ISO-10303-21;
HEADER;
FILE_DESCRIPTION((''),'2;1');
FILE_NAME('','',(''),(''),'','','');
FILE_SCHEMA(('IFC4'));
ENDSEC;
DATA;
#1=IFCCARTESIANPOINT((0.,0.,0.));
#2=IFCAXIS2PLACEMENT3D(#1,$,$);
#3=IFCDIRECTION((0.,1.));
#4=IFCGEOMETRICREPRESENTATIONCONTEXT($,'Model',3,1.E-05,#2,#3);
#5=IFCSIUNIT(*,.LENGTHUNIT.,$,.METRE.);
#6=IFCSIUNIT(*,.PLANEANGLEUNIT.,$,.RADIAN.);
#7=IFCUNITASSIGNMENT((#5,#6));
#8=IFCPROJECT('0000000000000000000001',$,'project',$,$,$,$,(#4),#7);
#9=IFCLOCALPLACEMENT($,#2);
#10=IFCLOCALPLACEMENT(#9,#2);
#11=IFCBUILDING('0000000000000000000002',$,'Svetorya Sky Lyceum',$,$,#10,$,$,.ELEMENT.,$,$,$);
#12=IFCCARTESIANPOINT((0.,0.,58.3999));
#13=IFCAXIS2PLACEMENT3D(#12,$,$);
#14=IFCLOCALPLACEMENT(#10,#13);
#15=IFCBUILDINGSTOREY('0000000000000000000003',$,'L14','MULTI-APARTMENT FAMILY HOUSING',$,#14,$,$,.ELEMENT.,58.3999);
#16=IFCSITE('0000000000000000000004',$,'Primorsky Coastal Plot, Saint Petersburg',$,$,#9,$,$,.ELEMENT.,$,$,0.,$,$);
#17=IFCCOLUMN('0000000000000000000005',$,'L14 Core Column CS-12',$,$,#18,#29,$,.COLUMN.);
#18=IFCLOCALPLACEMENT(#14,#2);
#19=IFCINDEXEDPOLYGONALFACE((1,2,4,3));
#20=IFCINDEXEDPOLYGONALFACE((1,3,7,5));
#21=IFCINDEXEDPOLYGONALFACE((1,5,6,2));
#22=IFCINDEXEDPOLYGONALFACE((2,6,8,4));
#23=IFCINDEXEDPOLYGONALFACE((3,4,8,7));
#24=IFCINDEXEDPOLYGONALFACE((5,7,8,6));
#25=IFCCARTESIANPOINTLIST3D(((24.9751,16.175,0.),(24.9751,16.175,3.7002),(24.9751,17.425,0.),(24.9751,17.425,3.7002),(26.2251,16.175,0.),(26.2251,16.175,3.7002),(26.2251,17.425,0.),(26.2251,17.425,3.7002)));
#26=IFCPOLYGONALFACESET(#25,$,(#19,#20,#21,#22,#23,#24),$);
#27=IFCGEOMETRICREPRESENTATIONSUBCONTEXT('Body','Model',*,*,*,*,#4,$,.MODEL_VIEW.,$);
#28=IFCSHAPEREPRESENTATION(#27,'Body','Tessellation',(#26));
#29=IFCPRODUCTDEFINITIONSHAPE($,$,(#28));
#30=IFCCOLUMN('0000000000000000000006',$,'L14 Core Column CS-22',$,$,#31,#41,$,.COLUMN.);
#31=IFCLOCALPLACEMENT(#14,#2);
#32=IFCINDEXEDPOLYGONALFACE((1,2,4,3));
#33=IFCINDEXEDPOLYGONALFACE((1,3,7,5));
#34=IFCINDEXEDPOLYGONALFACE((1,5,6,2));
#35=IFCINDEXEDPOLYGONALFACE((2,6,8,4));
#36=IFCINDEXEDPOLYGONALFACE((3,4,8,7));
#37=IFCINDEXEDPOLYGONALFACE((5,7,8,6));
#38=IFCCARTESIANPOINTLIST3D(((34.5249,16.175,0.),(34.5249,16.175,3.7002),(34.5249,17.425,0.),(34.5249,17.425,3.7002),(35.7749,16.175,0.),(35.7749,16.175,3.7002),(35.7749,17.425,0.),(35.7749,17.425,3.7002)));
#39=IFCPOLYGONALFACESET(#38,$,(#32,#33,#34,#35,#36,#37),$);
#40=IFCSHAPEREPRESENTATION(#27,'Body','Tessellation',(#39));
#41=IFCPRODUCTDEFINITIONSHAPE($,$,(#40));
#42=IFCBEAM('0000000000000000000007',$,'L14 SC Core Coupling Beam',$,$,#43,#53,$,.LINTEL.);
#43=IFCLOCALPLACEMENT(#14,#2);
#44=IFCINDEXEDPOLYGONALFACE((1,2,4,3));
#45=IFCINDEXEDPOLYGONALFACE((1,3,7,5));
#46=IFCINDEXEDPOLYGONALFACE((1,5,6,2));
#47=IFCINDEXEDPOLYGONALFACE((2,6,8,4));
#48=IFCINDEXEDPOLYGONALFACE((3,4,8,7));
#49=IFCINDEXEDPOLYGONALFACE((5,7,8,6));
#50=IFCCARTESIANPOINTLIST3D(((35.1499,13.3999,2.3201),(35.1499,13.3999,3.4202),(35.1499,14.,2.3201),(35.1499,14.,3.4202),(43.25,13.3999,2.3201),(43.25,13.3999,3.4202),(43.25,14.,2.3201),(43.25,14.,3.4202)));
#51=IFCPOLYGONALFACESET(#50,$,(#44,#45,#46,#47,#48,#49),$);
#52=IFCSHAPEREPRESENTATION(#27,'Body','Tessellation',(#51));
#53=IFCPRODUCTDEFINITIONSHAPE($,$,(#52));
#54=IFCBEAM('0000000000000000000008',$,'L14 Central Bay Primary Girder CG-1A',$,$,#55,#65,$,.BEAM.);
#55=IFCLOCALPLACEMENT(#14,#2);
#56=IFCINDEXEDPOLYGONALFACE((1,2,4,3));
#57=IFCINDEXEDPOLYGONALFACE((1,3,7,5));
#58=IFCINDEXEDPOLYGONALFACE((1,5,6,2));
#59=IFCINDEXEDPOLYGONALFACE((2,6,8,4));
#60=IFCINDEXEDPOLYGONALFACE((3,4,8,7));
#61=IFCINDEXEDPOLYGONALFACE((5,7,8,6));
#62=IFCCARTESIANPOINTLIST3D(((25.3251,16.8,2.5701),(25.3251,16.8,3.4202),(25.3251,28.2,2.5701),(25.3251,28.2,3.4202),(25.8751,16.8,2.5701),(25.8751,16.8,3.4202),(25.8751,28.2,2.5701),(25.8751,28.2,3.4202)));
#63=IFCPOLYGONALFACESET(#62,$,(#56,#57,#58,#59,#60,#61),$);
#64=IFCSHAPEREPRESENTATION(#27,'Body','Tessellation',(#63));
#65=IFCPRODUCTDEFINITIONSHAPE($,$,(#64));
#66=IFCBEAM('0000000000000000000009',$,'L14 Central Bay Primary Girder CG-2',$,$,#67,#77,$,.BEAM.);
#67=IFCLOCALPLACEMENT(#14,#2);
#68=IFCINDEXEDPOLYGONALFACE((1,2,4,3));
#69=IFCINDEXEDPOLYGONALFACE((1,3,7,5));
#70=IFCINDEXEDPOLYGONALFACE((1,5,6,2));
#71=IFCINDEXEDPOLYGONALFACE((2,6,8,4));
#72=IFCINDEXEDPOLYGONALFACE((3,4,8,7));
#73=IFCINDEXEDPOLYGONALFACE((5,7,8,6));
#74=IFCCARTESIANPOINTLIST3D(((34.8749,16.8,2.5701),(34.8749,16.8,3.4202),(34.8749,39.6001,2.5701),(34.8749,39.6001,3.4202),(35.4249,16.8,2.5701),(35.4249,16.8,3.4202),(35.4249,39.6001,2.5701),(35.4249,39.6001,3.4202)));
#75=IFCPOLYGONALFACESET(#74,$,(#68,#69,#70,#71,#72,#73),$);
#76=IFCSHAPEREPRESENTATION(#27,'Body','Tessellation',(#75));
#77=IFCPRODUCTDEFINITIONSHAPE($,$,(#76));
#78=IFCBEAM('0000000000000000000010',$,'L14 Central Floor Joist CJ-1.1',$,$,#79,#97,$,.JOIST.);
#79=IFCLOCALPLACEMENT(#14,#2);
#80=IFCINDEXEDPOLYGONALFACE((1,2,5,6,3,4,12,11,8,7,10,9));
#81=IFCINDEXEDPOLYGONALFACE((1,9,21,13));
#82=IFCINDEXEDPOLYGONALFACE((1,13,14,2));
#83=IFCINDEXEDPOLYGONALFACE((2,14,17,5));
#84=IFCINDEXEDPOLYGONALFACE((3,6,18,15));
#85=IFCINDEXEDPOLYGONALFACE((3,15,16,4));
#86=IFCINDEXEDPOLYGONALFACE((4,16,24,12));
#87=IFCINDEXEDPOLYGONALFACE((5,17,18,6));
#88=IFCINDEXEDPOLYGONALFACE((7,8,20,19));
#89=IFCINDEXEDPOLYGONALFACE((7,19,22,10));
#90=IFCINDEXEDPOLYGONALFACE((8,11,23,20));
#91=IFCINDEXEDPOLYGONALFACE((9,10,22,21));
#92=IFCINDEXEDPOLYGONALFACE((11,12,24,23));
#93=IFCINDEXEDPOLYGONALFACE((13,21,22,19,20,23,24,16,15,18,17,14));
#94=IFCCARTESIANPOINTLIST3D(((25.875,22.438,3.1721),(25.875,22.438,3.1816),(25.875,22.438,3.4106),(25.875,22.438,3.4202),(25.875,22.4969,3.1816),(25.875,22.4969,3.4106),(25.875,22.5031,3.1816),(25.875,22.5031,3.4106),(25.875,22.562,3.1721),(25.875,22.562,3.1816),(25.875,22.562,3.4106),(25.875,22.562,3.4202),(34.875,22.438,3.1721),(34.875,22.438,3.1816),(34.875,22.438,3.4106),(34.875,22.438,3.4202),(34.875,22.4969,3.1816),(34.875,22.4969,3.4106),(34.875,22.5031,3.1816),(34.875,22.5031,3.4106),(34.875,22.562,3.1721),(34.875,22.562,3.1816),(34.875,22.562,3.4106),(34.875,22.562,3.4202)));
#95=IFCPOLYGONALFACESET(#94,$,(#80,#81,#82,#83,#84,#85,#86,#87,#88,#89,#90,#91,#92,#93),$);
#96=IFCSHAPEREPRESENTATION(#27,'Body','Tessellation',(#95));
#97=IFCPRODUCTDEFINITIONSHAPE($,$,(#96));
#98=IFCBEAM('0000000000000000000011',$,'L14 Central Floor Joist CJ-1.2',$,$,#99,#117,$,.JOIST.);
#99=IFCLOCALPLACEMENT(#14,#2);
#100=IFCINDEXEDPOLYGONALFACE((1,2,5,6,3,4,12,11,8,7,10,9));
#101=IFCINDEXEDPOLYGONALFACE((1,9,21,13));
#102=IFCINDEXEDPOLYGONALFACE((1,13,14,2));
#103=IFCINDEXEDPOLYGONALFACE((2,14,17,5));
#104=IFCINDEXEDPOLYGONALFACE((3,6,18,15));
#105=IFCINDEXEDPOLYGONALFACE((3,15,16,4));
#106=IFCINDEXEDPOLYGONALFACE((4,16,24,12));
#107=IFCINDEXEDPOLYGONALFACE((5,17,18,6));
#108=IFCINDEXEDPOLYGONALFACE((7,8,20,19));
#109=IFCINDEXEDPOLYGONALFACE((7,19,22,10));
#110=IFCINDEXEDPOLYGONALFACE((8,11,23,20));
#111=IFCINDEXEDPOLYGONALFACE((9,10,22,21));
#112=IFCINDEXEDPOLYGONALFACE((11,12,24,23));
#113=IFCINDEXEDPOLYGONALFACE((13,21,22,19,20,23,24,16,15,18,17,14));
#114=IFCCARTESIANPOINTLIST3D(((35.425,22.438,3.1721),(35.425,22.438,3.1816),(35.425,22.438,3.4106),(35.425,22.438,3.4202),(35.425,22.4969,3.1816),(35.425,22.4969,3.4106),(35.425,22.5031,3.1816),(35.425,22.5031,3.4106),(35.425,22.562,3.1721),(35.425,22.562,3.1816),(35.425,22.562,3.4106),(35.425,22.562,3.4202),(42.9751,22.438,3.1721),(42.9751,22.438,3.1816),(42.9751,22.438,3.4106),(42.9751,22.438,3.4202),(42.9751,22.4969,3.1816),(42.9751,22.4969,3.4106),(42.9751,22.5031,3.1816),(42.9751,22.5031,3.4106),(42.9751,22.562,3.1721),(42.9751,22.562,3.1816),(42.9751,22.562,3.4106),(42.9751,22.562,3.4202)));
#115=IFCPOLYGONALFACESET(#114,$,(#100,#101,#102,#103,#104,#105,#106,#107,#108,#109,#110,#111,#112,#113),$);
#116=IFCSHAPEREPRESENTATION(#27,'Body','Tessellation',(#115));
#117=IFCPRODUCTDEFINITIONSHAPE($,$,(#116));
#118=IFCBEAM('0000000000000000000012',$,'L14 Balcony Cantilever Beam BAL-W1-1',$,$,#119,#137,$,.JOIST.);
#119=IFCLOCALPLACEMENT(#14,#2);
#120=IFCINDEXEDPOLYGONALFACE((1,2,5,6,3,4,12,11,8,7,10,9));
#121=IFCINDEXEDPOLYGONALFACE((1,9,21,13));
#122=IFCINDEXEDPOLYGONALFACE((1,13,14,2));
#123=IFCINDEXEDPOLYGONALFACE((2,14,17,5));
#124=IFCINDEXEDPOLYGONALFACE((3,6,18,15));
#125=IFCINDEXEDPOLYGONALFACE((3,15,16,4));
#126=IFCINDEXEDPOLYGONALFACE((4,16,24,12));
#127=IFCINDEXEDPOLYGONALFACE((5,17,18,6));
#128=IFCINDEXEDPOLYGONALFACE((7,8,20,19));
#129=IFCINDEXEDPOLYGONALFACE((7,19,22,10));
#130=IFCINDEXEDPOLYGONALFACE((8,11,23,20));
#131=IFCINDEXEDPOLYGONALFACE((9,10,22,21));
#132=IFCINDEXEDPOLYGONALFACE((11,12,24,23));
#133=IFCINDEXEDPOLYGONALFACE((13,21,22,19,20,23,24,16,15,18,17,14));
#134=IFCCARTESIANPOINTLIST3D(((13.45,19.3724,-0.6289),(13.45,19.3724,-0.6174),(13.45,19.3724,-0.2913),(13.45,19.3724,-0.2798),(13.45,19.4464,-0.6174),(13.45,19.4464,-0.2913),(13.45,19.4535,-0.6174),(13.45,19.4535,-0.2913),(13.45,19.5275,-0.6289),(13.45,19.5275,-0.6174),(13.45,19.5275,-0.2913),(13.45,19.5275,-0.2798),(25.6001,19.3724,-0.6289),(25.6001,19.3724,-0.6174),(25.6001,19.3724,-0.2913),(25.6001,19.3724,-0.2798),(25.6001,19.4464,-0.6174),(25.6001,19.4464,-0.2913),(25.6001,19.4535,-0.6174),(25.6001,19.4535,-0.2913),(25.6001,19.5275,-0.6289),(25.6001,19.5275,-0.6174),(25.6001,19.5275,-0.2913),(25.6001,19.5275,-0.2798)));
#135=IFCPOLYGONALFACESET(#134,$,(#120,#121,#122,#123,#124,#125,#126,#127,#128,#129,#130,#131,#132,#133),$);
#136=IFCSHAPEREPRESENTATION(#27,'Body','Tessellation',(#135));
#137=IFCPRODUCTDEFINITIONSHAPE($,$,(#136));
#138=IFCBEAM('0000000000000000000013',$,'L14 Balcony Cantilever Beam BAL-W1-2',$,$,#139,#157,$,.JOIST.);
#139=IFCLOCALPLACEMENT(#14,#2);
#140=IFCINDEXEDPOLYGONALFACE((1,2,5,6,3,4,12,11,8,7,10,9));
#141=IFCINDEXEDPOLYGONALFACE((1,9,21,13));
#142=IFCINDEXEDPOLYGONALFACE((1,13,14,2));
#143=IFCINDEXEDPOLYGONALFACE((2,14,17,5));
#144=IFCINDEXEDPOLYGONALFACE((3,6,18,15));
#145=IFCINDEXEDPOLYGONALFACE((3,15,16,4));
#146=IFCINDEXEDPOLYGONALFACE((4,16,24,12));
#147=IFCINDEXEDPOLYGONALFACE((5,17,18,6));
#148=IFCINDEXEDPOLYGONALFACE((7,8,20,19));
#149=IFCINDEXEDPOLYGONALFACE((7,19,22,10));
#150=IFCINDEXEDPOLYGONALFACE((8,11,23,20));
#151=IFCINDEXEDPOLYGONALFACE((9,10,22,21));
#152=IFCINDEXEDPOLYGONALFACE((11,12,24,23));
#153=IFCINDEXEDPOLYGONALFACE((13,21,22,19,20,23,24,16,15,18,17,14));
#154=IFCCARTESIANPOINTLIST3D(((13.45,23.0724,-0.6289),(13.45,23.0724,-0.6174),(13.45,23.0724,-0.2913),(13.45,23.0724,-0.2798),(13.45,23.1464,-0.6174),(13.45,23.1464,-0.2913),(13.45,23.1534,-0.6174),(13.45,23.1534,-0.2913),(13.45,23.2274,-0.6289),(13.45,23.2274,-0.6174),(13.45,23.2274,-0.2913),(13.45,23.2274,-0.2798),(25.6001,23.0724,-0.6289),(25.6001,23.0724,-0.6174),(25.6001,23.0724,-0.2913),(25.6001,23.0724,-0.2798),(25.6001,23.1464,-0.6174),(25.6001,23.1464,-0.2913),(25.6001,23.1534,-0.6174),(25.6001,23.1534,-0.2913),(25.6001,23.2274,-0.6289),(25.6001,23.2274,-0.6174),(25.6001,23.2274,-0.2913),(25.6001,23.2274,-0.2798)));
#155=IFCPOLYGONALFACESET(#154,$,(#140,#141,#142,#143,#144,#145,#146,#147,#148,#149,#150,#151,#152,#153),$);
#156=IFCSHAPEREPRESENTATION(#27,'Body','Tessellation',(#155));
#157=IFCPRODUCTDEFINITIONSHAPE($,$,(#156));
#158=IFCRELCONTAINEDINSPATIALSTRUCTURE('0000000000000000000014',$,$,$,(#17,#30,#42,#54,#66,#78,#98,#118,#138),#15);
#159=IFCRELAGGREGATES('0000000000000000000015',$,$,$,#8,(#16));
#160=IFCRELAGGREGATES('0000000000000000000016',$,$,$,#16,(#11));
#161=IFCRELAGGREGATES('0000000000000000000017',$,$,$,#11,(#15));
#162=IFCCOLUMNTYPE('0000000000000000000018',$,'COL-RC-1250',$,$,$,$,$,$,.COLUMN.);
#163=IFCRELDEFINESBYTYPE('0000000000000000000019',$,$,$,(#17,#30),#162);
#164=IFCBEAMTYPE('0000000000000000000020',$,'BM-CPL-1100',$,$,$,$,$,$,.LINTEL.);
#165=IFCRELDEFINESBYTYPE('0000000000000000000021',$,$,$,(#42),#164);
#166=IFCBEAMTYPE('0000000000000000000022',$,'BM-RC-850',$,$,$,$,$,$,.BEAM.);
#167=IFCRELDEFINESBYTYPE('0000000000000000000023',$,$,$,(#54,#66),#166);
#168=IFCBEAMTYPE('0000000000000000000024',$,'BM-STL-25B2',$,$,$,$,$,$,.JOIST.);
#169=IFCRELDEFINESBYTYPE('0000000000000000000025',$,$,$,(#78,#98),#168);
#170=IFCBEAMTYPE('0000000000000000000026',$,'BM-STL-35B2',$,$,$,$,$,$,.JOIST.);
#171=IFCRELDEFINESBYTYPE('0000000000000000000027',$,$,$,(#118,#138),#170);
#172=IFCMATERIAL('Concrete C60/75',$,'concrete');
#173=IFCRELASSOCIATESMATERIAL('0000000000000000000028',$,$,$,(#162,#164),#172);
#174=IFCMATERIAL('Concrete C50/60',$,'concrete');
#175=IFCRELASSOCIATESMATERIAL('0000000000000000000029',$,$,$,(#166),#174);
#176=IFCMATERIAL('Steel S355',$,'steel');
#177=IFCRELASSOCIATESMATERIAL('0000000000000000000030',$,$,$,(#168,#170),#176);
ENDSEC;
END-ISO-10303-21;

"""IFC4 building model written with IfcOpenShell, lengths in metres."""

from ifc_helpers import new_model, si_unit, direction, frame, origin, origin_2d, place, context, subcontext, project, spatial, rectangle, i_section, extrude, material, material_profile, profile_set, type_object, element, save


model = new_model("IFC4")

# Units and contexts
model_context = context("Model", 3, precision=1e-05, world=origin(), true_north=direction((0.0, 1.0)))
body_context = subcontext(model_context, "Body", "Model", "MODEL_VIEW")
ifc_project = project(units=[si_unit("LENGTHUNIT", "METRE"), si_unit("PLANEANGLEUNIT", "RADIAN")], contexts=[model_context])

# Site, building, storey
site_placement = place(None, origin())
site = spatial("IfcSite", under=ifc_project, at=site_placement, Name="Primorsky Coastal Plot, Saint Petersburg", CompositionType="ELEMENT", RefElevation=0.0)
building_placement = place(site_placement, origin())
building = spatial("IfcBuilding", under=site, at=building_placement, Name="Svetorya Sky Lyceum", CompositionType="ELEMENT")
storey_placement = place(building_placement, frame((0.0, 0.0, 58.3999)))
storey = spatial("IfcBuildingStorey", under=building, at=storey_placement, Name="L14", Description="MULTI-APARTMENT FAMILY HOUSING", CompositionType="ELEMENT", Elevation=58.3999)

# Columns
ifc_material_1 = material(Name="Concrete C60/75", Category="concrete")
ifc_material_profile_1 = material_profile(ifc_material_1, rectangle(XDim=1.25, YDim=1.25, at=origin_2d()), Name="RC COL 1250x1250")
ifc_profile_set_1 = profile_set([ifc_material_profile_1], Name="Concrete C60/75")
column_type = type_object("IfcColumnType", Name="COL-RC-1250", PredefinedType="COLUMN", material=ifc_profile_set_1)
for number, where, z_axis, x_axis, name in (
    (1, (25.6001, 16.8, 0.0), (0.0, 0.0, 1.0), (1.0, 0.0, 0.0), "L14 Core Column CS-12"),
    (2, (35.1499, 16.8, 0.0), (0.0, 0.0, 1.0), (1.0, 0.0, 0.0), "L14 Core Column CS-22"),
):
    element("IfcColumn", number, at=place(storey_placement, frame(where, z_axis=z_axis, x_axis=x_axis)), inside=storey, type_object=column_type, Name=name, PredefinedType="COLUMN", context=body_context, shape_type="SweptSolid", body=[
        extrude(rectangle(XDim=1.25, YDim=1.25, at=origin_2d()), origin(), (0.0, 0.0, 1.0), 3.7002),
    ])

# Beams
ifc_material_profile_2 = material_profile(ifc_material_1, rectangle(XDim=0.6001, YDim=1.1001, at=origin_2d()), Name="RC COUPLING 600x1100")
ifc_profile_set_2 = profile_set([ifc_material_profile_2], Name="Concrete C60/75")
beam_type_1 = type_object("IfcBeamType", Name="BM-CPL-1100", PredefinedType="LINTEL", material=ifc_profile_set_2)
beam_1_placement = place(storey_placement, frame((35.1499, 13.7, 2.8701), z_axis=(1.0, 0.0, 0.0), x_axis=(0.0, 1.0, 0.0)))
element("IfcBeam", 3, at=beam_1_placement, inside=storey, type_object=beam_type_1, Name="L14 SC Core Coupling Beam", PredefinedType="LINTEL", context=body_context, shape_type="SweptSolid", body=[
    extrude(rectangle(XDim=0.6001, YDim=1.1001, at=origin_2d()), origin(), (0.0, 0.0, 1.0), 8.1001),
])
ifc_material_2 = material(Name="Concrete C50/60", Category="concrete")
ifc_material_profile_3 = material_profile(ifc_material_2, rectangle(XDim=0.55, YDim=0.8501, at=origin_2d()), Name="RC BEAM 550x850")
ifc_profile_set_3 = profile_set([ifc_material_profile_3], Name="Concrete C50/60")
beam_type_2 = type_object("IfcBeamType", Name="BM-RC-850", PredefinedType="BEAM", material=ifc_profile_set_3)
beam_2_placement = place(storey_placement, frame((25.6001, 16.8, 2.9951), z_axis=(0.0, 1.0, 0.0), x_axis=(-1.0, 0.0, 0.0)))
element("IfcBeam", 4, at=beam_2_placement, inside=storey, type_object=beam_type_2, Name="L14 Central Bay Primary Girder CG-1A", PredefinedType="BEAM", context=body_context, shape_type="SweptSolid", body=[
    extrude(rectangle(XDim=0.55, YDim=0.8501, at=origin_2d()), origin(), (0.0, 0.0, 1.0), 11.3999),
])
beam_3_placement = place(storey_placement, frame((35.1499, 16.8, 2.9951), z_axis=(0.0, 1.0, 0.0), x_axis=(-1.0, 0.0, 0.0)))
element("IfcBeam", 5, at=beam_3_placement, inside=storey, type_object=beam_type_2, Name="L14 Central Bay Primary Girder CG-2", PredefinedType="BEAM", context=body_context, shape_type="SweptSolid", body=[
    extrude(rectangle(XDim=0.55, YDim=0.8501, at=origin_2d()), origin(), (0.0, 0.0, 1.0), 22.8),
])
ifc_material_3 = material(Name="Steel S355", Category="steel")
ifc_material_profile_4 = material_profile(ifc_material_3, i_section(OverallWidth=0.124, OverallDepth=0.248, WebThickness=0.0061, FlangeThickness=0.0095, at=origin_2d()), Name="GOST 25B2")
ifc_profile_set_4 = profile_set([ifc_material_profile_4], Name="Steel S355")
beam_type_3 = type_object("IfcBeamType", Name="BM-STL-25B2", PredefinedType="JOIST", material=ifc_profile_set_4)
beam_4_placement = place(storey_placement, frame((25.875, 22.5, 3.2961), z_axis=(1.0, 0.0, 0.0), x_axis=(0.0, 1.0, 0.0)))
element("IfcBeam", 6, at=beam_4_placement, inside=storey, type_object=beam_type_3, Name="L14 Central Floor Joist CJ-1.1", PredefinedType="JOIST", context=body_context, shape_type="SweptSolid", body=[
    extrude(i_section(OverallWidth=0.124, OverallDepth=0.248, WebThickness=0.0061, FlangeThickness=0.0095, at=origin_2d()), origin(), (0.0, 0.0, 1.0), 9.0),
])
beam_5_placement = place(storey_placement, frame((35.425, 22.5, 3.2961), z_axis=(1.0, 0.0, 0.0), x_axis=(0.0, 1.0, 0.0)))
element("IfcBeam", 7, at=beam_5_placement, inside=storey, type_object=beam_type_3, Name="L14 Central Floor Joist CJ-1.2", PredefinedType="JOIST", context=body_context, shape_type="SweptSolid", body=[
    extrude(i_section(OverallWidth=0.124, OverallDepth=0.248, WebThickness=0.0061, FlangeThickness=0.0095, at=origin_2d()), origin(), (0.0, 0.0, 1.0), 7.55),
])
ifc_material_profile_5 = material_profile(ifc_material_3, i_section(OverallWidth=0.155, OverallDepth=0.3491, WebThickness=0.0071, FlangeThickness=0.0115, at=origin_2d()), Name="GOST 35B2")
ifc_profile_set_5 = profile_set([ifc_material_profile_5], Name="Steel S355")
beam_type_4 = type_object("IfcBeamType", Name="BM-STL-35B2", PredefinedType="JOIST", material=ifc_profile_set_5)
for number, where, z_axis, x_axis, name in (
    (8, (25.6001, 19.45, -0.4543), (-1.0, 0.0, 0.0), (0.0, -1.0, 0.0), "L14 Balcony Cantilever Beam BAL-W1-1"),
    (9, (25.6001, 23.1499, -0.4543), (-1.0, 0.0, 0.0), (0.0, -1.0, 0.0), "L14 Balcony Cantilever Beam BAL-W1-2"),
):
    element("IfcBeam", number, at=place(storey_placement, frame(where, z_axis=z_axis, x_axis=x_axis)), inside=storey, type_object=beam_type_4, Name=name, PredefinedType="JOIST", context=body_context, shape_type="SweptSolid", body=[
        extrude(i_section(OverallWidth=0.155, OverallDepth=0.3491, WebThickness=0.0071, FlangeThickness=0.0115, at=origin_2d()), origin(), (0.0, 0.0, 1.0), 12.1501),
    ])

save(model, "model.ifc")
